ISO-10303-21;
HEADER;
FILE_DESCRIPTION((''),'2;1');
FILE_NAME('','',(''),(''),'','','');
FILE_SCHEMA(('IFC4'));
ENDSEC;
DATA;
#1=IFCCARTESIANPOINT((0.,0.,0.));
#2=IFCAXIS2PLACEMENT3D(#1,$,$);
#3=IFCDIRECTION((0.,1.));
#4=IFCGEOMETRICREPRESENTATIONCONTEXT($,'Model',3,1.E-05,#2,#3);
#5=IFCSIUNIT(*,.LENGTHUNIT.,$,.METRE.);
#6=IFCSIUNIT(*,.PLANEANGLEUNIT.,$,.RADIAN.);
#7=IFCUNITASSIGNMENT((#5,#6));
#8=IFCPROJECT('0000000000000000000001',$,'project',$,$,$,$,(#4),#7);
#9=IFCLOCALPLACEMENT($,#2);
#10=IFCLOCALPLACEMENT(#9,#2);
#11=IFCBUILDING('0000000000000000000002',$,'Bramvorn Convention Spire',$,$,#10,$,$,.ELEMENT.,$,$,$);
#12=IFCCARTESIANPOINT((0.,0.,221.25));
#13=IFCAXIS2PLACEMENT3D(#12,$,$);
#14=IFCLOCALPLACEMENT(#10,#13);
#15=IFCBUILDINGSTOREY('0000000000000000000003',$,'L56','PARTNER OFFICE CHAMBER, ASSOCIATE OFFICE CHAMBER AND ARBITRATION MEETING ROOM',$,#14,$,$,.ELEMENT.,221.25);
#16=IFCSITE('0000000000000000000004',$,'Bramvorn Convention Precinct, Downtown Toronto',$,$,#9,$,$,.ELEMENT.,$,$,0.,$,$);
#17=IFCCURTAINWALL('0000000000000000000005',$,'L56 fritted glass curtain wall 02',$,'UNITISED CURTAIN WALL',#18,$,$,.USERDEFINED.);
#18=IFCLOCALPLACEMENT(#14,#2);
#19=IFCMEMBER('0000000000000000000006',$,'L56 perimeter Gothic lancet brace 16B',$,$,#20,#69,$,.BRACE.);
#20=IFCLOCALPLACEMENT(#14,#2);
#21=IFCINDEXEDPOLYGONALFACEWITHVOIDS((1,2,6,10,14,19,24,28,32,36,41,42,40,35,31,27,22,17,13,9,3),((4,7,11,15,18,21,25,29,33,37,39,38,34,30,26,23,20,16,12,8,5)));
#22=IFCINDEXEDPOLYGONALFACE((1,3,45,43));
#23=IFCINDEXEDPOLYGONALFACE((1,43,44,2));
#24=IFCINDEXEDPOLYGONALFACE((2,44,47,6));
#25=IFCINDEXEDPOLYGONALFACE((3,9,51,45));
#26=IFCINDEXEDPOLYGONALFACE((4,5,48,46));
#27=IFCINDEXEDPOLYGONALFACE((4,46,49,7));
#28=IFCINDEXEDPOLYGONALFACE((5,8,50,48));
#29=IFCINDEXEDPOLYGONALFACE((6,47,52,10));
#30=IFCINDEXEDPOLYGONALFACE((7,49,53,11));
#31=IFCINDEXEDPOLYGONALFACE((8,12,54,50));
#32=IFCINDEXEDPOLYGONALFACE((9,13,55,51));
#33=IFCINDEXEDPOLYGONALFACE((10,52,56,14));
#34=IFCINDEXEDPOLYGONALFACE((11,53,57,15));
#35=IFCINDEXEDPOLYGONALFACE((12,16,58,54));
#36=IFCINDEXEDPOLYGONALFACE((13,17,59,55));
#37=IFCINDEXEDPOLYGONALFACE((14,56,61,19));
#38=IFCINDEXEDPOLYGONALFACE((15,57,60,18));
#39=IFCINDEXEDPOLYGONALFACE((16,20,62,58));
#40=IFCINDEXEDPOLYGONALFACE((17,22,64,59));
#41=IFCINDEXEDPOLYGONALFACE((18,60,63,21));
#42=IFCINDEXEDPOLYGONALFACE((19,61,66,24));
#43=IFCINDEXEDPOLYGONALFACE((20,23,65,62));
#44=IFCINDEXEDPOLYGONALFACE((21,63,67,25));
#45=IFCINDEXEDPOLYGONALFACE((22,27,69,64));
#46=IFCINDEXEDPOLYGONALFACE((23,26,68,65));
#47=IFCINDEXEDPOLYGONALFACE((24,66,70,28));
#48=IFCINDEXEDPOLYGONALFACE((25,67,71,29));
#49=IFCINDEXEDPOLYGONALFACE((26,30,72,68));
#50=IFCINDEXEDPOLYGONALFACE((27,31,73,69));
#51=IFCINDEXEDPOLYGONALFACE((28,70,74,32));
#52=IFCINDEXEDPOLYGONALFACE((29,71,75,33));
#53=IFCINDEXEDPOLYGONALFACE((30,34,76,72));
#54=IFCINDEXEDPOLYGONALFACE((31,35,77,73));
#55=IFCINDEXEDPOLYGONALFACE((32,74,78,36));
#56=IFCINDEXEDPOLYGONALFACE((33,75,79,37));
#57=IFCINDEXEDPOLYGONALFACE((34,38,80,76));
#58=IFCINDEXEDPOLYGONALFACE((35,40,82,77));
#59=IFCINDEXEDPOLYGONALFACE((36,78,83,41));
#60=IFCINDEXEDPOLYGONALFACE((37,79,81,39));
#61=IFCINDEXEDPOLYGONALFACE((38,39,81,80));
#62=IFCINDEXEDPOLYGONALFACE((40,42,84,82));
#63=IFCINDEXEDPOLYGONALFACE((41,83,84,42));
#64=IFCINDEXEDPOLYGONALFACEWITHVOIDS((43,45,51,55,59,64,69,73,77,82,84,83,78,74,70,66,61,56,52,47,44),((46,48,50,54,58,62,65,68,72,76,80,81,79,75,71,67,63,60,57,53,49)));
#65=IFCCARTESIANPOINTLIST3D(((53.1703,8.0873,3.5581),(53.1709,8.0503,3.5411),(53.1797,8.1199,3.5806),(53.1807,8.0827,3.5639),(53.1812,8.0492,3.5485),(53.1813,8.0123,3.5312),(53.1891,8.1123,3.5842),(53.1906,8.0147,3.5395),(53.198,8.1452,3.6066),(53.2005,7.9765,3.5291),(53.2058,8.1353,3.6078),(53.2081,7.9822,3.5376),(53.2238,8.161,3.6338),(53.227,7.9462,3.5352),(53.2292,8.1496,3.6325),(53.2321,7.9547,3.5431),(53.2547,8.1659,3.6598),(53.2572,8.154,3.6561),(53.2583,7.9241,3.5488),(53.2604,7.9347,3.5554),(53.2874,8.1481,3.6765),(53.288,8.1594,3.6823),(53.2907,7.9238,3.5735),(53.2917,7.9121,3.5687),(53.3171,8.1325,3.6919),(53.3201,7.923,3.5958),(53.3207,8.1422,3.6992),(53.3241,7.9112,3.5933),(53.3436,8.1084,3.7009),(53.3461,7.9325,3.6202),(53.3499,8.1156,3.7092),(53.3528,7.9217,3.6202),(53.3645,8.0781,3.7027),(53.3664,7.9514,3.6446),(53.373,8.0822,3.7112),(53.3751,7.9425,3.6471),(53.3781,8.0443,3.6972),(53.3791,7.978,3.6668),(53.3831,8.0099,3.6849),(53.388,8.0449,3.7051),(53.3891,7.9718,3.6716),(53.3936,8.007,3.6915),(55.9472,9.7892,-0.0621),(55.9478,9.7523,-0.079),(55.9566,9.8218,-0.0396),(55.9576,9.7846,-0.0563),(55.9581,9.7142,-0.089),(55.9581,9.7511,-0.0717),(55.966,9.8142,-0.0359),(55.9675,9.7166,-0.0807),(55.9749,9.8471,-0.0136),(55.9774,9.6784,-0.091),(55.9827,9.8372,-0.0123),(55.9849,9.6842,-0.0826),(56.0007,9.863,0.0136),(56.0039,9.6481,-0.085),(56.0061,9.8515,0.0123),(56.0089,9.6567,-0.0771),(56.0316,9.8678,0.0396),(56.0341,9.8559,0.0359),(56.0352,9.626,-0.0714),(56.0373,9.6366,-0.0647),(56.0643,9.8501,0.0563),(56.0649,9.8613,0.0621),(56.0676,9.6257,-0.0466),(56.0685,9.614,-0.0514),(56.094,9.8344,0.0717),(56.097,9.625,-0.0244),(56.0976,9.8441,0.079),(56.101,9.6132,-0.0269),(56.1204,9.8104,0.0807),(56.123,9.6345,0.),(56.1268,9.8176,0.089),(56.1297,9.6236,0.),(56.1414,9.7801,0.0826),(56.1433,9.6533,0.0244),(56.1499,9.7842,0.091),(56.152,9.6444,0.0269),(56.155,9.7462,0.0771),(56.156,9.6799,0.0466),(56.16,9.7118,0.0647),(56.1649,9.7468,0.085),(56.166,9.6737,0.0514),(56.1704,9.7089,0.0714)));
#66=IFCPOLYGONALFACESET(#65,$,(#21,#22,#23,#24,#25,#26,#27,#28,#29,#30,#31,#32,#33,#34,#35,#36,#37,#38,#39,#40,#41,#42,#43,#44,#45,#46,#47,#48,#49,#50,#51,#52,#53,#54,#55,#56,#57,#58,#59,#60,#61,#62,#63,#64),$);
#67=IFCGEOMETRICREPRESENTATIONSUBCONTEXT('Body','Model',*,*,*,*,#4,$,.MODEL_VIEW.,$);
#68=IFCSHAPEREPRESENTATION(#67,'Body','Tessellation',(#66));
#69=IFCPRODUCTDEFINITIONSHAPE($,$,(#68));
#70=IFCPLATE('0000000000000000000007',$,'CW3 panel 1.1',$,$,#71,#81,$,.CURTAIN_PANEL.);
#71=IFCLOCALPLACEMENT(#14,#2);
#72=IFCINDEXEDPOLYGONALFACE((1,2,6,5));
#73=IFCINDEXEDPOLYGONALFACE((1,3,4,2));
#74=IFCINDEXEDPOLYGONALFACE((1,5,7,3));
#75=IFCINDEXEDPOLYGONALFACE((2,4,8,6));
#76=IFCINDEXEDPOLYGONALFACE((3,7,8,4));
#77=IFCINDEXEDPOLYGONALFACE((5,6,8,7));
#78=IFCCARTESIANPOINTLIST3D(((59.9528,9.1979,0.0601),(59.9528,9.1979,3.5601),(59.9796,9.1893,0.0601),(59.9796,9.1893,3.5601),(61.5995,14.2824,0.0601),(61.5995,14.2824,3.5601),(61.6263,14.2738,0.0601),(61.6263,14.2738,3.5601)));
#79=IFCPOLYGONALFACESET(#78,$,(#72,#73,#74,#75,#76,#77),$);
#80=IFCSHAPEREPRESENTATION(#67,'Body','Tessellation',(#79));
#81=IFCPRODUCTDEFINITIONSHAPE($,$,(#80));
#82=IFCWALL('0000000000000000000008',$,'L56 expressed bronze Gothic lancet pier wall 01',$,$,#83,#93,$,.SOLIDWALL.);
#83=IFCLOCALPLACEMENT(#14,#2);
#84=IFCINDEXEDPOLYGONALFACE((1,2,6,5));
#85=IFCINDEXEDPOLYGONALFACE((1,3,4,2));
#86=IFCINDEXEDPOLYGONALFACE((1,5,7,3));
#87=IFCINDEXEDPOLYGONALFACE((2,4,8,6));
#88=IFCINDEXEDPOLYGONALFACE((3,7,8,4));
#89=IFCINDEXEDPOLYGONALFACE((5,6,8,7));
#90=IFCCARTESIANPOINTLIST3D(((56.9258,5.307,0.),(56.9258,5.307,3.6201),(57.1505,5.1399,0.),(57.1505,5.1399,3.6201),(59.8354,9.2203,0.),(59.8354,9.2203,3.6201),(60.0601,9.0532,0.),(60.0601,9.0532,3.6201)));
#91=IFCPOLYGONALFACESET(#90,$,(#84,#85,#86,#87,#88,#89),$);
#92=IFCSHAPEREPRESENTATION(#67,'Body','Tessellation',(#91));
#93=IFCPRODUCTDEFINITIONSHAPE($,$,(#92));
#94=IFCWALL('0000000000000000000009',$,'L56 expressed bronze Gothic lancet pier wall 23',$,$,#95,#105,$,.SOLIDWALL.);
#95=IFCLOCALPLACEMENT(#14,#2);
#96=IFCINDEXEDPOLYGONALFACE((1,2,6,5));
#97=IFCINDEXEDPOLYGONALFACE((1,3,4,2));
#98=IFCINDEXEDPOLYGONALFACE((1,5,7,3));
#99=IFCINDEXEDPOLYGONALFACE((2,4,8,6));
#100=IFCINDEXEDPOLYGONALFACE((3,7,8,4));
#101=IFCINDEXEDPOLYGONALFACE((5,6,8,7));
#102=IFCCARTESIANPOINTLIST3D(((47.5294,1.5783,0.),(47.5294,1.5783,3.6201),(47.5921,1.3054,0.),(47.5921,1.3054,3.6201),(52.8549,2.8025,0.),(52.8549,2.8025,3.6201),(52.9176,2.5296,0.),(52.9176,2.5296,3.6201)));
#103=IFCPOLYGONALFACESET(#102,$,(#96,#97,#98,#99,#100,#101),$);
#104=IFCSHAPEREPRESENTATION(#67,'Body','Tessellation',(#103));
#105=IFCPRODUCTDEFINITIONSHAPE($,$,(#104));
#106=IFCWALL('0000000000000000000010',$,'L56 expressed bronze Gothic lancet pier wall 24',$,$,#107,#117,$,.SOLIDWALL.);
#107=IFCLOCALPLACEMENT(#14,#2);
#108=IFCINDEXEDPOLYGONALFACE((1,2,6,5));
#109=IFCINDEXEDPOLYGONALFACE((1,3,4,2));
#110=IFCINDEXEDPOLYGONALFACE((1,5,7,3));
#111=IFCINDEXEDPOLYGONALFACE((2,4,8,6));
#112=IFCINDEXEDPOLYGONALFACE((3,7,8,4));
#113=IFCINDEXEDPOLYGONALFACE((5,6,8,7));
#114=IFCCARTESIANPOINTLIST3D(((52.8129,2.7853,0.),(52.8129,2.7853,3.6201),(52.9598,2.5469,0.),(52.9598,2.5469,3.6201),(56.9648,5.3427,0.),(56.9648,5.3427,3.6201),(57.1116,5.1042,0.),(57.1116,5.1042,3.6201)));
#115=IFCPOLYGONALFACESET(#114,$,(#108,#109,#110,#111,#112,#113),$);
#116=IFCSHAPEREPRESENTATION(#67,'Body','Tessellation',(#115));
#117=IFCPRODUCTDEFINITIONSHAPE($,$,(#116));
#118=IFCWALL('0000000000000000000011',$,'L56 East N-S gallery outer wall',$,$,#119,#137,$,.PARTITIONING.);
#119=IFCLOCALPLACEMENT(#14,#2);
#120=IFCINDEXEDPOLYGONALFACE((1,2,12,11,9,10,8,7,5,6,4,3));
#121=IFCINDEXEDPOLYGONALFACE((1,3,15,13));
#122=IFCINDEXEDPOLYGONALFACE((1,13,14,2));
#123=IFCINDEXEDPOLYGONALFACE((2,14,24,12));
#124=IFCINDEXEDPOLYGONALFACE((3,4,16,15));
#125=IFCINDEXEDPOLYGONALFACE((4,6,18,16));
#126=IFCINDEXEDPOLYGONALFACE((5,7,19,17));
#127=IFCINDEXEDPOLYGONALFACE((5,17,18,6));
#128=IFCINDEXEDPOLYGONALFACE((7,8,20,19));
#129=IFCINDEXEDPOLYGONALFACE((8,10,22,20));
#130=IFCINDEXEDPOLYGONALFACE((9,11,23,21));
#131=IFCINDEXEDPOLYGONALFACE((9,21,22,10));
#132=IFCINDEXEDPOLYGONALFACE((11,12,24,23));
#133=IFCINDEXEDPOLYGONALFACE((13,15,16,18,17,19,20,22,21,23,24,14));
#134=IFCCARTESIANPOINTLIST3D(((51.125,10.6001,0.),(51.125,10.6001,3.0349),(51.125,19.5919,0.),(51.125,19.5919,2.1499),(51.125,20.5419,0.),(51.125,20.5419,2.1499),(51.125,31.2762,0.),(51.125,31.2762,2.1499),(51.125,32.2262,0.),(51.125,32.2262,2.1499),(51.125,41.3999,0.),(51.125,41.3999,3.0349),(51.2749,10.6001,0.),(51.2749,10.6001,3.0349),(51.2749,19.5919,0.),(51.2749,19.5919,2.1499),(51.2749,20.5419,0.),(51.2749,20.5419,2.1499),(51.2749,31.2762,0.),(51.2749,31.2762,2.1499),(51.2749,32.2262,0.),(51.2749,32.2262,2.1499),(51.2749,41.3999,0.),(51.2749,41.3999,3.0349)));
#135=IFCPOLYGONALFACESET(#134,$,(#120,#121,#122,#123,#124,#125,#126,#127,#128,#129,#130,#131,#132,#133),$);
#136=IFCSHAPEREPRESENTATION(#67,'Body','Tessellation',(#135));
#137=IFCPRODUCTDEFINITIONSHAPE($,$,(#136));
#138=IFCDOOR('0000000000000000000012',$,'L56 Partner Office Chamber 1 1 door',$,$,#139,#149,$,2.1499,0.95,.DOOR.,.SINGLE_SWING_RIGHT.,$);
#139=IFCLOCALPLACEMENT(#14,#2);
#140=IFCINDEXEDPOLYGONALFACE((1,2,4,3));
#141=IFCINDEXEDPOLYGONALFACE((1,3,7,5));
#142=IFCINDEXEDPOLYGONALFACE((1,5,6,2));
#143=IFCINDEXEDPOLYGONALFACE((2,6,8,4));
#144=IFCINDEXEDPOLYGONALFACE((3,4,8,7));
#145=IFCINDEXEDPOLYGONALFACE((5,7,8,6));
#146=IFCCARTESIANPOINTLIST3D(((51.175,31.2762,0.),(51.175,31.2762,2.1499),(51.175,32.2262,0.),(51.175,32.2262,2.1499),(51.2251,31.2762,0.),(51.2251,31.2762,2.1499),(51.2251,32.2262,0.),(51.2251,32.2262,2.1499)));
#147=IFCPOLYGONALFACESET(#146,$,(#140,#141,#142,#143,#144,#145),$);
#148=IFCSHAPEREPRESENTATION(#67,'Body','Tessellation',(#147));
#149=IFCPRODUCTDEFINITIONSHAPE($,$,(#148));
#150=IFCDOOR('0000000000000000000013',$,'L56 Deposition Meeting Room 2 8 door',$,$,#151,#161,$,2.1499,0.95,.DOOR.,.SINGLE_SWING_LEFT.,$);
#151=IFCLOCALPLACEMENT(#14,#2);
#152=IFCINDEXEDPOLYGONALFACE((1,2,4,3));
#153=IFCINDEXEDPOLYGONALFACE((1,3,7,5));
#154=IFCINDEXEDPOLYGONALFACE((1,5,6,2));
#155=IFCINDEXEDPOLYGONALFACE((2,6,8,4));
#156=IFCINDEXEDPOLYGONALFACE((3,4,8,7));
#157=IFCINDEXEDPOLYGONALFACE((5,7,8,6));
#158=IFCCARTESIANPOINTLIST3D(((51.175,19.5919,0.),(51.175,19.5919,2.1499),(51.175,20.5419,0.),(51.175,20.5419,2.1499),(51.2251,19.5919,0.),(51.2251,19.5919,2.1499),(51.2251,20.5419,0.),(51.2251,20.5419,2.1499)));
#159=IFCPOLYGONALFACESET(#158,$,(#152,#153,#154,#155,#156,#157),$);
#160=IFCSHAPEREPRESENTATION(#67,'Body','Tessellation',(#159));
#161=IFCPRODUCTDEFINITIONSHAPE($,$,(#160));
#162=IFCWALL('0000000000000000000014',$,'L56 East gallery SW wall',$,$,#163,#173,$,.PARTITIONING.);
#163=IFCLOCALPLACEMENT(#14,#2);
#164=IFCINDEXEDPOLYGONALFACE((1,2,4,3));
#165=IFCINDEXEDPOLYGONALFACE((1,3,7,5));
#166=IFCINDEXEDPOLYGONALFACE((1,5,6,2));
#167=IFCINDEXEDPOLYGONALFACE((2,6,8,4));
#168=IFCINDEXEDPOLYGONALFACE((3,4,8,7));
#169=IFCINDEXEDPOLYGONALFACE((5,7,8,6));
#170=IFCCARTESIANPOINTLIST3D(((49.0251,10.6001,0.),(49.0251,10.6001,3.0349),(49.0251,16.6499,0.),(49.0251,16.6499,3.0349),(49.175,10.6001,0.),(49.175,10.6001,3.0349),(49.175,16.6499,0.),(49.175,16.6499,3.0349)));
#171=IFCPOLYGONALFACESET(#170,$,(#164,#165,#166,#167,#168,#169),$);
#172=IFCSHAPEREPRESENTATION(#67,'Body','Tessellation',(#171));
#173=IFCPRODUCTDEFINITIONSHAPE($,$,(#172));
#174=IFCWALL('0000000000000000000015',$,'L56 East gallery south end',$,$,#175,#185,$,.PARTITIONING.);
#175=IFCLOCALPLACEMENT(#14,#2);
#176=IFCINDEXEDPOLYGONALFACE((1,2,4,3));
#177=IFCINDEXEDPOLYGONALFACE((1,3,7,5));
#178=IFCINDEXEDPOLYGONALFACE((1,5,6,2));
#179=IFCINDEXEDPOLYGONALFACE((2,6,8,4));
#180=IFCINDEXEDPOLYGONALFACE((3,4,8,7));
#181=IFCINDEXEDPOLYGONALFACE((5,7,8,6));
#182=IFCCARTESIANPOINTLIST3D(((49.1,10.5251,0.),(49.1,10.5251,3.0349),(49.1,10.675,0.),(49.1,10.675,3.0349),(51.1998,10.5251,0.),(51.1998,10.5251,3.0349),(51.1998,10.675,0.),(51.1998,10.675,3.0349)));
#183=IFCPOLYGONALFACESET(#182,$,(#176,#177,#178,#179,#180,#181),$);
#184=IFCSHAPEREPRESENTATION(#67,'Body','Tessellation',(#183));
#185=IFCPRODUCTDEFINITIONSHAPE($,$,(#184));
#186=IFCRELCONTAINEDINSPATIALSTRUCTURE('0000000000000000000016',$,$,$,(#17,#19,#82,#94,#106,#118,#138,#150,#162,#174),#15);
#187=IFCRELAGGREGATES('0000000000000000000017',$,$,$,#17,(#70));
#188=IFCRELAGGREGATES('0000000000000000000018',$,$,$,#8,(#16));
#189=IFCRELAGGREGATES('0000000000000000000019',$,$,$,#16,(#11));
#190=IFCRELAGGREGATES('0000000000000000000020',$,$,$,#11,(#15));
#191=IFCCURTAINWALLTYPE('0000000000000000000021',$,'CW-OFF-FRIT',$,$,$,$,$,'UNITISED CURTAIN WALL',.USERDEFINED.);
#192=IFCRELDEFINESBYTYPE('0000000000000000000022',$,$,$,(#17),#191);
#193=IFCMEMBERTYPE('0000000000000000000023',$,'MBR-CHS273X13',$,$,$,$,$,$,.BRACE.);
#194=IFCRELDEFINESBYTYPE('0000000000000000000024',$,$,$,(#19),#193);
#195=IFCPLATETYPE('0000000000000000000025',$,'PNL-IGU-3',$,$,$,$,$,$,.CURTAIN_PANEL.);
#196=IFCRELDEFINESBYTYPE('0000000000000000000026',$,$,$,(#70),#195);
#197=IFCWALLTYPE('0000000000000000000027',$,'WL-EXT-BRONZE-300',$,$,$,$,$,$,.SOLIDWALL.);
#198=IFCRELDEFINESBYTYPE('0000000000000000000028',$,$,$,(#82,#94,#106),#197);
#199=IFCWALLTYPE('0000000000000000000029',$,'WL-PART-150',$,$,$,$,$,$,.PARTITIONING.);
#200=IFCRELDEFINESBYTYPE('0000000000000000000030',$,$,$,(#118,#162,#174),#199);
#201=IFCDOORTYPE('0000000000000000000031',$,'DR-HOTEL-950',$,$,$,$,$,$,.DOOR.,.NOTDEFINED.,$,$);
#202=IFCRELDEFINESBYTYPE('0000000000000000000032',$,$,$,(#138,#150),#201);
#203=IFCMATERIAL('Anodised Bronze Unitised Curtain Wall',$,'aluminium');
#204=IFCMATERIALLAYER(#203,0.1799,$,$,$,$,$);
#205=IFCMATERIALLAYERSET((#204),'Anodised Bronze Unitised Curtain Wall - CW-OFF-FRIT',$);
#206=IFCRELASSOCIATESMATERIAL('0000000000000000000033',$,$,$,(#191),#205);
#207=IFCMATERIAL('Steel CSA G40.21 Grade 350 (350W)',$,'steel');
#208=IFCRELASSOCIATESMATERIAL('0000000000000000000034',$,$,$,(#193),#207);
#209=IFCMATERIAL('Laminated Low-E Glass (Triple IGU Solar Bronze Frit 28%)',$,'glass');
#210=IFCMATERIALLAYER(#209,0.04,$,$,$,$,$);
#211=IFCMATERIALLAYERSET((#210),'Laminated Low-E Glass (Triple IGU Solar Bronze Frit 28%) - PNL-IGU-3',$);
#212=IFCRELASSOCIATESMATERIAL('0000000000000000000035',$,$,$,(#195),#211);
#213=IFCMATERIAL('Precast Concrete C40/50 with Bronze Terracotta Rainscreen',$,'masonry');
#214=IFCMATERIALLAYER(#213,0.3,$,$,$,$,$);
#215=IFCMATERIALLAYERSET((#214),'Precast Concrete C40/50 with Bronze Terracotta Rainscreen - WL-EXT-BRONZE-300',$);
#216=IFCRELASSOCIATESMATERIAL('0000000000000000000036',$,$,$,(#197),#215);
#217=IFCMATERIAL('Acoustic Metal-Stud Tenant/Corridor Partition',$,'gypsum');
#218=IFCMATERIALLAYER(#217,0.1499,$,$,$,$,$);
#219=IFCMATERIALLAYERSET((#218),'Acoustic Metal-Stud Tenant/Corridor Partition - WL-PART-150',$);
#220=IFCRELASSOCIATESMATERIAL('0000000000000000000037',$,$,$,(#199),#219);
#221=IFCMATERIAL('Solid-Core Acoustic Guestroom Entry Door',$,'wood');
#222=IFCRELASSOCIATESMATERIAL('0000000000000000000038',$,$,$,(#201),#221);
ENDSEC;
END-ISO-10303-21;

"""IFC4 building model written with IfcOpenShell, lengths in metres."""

from ifc_helpers import new_model, si_unit, direction, frame, frame_2d, origin, origin_2d, place, context, subcontext, project, spatial, rectangle, hollow_circle, extrude, material, layer, layer_set, material_profile, profile_set, type_object, element, fill, aggregate, save


model = new_model("IFC4")

# Units and contexts
model_context = context("Model", 3, precision=1e-05, world=origin(), true_north=direction((0.0, 1.0)))
body_context = subcontext(model_context, "Body", "Model", "MODEL_VIEW")
ifc_project = project(units=[si_unit("LENGTHUNIT", "METRE"), si_unit("PLANEANGLEUNIT", "RADIAN")], contexts=[model_context])

# Site, building, storey
site_placement = place(None, origin())
site = spatial("IfcSite", under=ifc_project, at=site_placement, Name="Bramvorn Convention Precinct, Downtown Toronto", CompositionType="ELEMENT", RefElevation=0.0)
building_placement = place(site_placement, origin())
building = spatial("IfcBuilding", under=site, at=building_placement, Name="Bramvorn Convention Spire", CompositionType="ELEMENT")
storey_placement = place(building_placement, frame((0.0, 0.0, 221.25)))
storey = spatial("IfcBuildingStorey", under=building, at=storey_placement, Name="L56", Description="PARTNER OFFICE CHAMBER, ASSOCIATE OFFICE CHAMBER AND ARBITRATION MEETING ROOM", CompositionType="ELEMENT", Elevation=221.25)

# Shared definitions
ifc_material_1 = material(Name="Steel CSA G40.21 Grade 350 (350W)", Category="steel")

# Curtain wall
ifc_material_2 = material(Name="Anodised Bronze Unitised Curtain Wall", Category="aluminium")
ifc_layer_1 = layer(ifc_material_2, 0.1799)
ifc_layer_set_1 = layer_set([ifc_layer_1], Name="Anodised Bronze Unitised Curtain Wall - CW-OFF-FRIT")
curtain_wall_type = type_object("IfcCurtainWallType", Name="CW-OFF-FRIT", ElementType="UNITISED CURTAIN WALL", PredefinedType="USERDEFINED", material=ifc_layer_set_1)
curtain_wall_placement = place(storey_placement, origin())
curtain_wall = element("IfcCurtainWall", 1, at=curtain_wall_placement, inside=storey, type_object=curtain_wall_type, Name="L56 fritted glass curtain wall 02", ObjectType="UNITISED CURTAIN WALL", PredefinedType="USERDEFINED")

# Member
ifc_material_profile_1 = material_profile(ifc_material_1, hollow_circle(Radius=0.1365, WallThickness=0.0127, at=origin_2d()))
ifc_profile_set_1 = profile_set([ifc_material_profile_1], Name="Steel CSA G40.21 Grade 350 (350W) - CHS273X13")
member_type_1 = type_object("IfcMemberType", Name="MBR-CHS273X13", PredefinedType="BRACE", material=ifc_profile_set_1)
for number, where, z_axis, x_axis, name in (
    (2, (56.0583, 9.74, 0.0), (-0.570247, -0.349498, 0.743417), (0.522553, -0.852607, 0.0), "L56 perimeter Gothic lancet brace 16B"),
):
    element("IfcMember", number, at=place(storey_placement, frame(where, z_axis=z_axis, x_axis=x_axis)), inside=storey, type_object=member_type_1, Name=name, PredefinedType="BRACE", context=body_context, shape_type="SweptSolid", body=[
        extrude(hollow_circle(Radius=0.1365, WallThickness=0.0127, at=origin_2d()), origin(), (0.0, 0.0, 1.0), 4.8696),
    ])

# Plate
ifc_material_3 = material(Name="Laminated Low-E Glass (Triple IGU Solar Bronze Frit 28%)", Category="glass")
ifc_layer_2 = layer(ifc_material_3, 0.04)
ifc_layer_set_2 = layer_set([ifc_layer_2], Name="Laminated Low-E Glass (Triple IGU Solar Bronze Frit 28%) - PNL-IGU-3")
plate_type = type_object("IfcPlateType", Name="PNL-IGU-3", PredefinedType="CURTAIN_PANEL", material=ifc_layer_set_2)
plate_placement = place(storey_placement, frame((60.7896, 11.7358, 0.0601), z_axis=(0.0, 0.0, 1.0), x_axis=(-0.308113, -0.95135, 0.0)))
plate = element("IfcPlate", 3, at=plate_placement, type_object=plate_type, Name="CW3 panel 1.1", PredefinedType="CURTAIN_PANEL", context=body_context, shape_type="SweptSolid", body=[
    extrude(rectangle(XDim=5.3445, YDim=0.0281, at=origin_2d()), origin(), (0.0, 0.0, 1.0), 3.5),
])
aggregate(curtain_wall, [plate])

# Walls
ifc_material_4 = material(Name="Precast Concrete C40/50 with Bronze Terracotta Rainscreen", Category="masonry")
ifc_layer_3 = layer(ifc_material_4, 0.3)
ifc_layer_set_3 = layer_set([ifc_layer_3], Name="Precast Concrete C40/50 with Bronze Terracotta Rainscreen - WL-EXT-BRONZE-300")
wall_type_1 = type_object("IfcWallType", Name="WL-EXT-BRONZE-300", PredefinedType="SOLIDWALL", material=ifc_layer_set_3)
wall_1_placement = place(storey_placement, frame((59.9478, 9.1367, 0.0), z_axis=(0.0, 0.0, 1.0), x_axis=(-0.596671, -0.802486, 0.0)))
element("IfcWall", 4, at=wall_1_placement, inside=storey, type_object=wall_type_1, Name="L56 expressed bronze Gothic lancet pier wall 01", PredefinedType="SOLIDWALL", context=body_context, shape_type="SweptSolid", body=[
    extrude(rectangle(XDim=4.8765, YDim=0.28, at=frame_2d((2.4382, 0.0))), origin(), (0.0, 0.0, 1.0), 3.6201),
])
wall_2_placement = place(storey_placement, frame((52.8862, 2.666, 0.0), z_axis=(0.0, 0.0, 1.0), x_axis=(-0.974584, -0.224021, 0.0)))
element("IfcWall", 5, at=wall_2_placement, inside=storey, type_object=wall_type_1, Name="L56 expressed bronze Gothic lancet pier wall 23", PredefinedType="SOLIDWALL", context=body_context, shape_type="SweptSolid", body=[
    extrude(rectangle(XDim=5.4644, YDim=0.28, at=frame_2d((2.7322, 0.0))), origin(), (0.0, 0.0, 1.0), 3.6201),
])
wall_3_placement = place(storey_placement, frame((57.0381, 5.2234, 0.0), z_axis=(0.0, 0.0, 1.0), x_axis=(-0.85144, -0.524452, 0.0)))
element("IfcWall", 6, at=wall_3_placement, inside=storey, type_object=wall_type_1, Name="L56 expressed bronze Gothic lancet pier wall 24", PredefinedType="SOLIDWALL", context=body_context, shape_type="SweptSolid", body=[
    extrude(rectangle(XDim=4.8762, YDim=0.28, at=frame_2d((2.438, 0.0))), origin(), (0.0, 0.0, 1.0), 3.6201),
])

# Wall, openings, doors
ifc_material_5 = material(Name="Acoustic Metal-Stud Tenant/Corridor Partition", Category="gypsum")
ifc_layer_4 = layer(ifc_material_5, 0.1499)
ifc_layer_set_4 = layer_set([ifc_layer_4], Name="Acoustic Metal-Stud Tenant/Corridor Partition - WL-PART-150")
wall_type_2 = type_object("IfcWallType", Name="WL-PART-150", PredefinedType="PARTITIONING", material=ifc_layer_set_4)
wall_4_placement = place(storey_placement, frame((51.2, 10.6001, 0.0), z_axis=(0.0, 0.0, 1.0), x_axis=(0.0, 1.0, 0.0)))
wall_4 = element("IfcWall", 7, at=wall_4_placement, inside=storey, type_object=wall_type_2, Name="L56 East N-S gallery outer wall", PredefinedType="PARTITIONING", context=body_context, shape_type="SweptSolid", body=[
    extrude(rectangle(XDim=30.7998, YDim=0.1499, at=frame_2d((15.3999, 0.0))), origin(), (0.0, 0.0, 1.0), 3.0349),
])
opening_1_placement = place(wall_4_placement, frame((20.676, 0.0, 0.0)))
opening_1 = element("IfcOpeningElement", 8, at=opening_1_placement, cuts=wall_4, PredefinedType="OPENING", context=body_context, shape_type="SweptSolid", body=[
    extrude(rectangle(XDim=0.95, YDim=2.1499, at=frame_2d((0.4751, 1.075))), frame((0.0, 0.085, 0.0), z_axis=(0.0, -1.0, 0.0), x_axis=(1.0, 0.0, 0.0)), (0.0, 0.0, 1.0), 0.1699),
])
opening_2_placement = place(wall_4_placement, frame((8.9917, 0.0, 0.0)))
opening_2 = element("IfcOpeningElement", 9, at=opening_2_placement, cuts=wall_4, PredefinedType="OPENING", context=body_context, shape_type="SweptSolid", body=[
    extrude(rectangle(XDim=0.95, YDim=2.1499, at=frame_2d((0.4751, 1.075))), frame((0.0, 0.085, 0.0), z_axis=(0.0, -1.0, 0.0), x_axis=(1.0, 0.0, 0.0)), (0.0, 0.0, 1.0), 0.1699),
])
ifc_material_6 = material(Name="Solid-Core Acoustic Guestroom Entry Door", Category="wood")
door_type = type_object("IfcDoorType", Name="DR-HOTEL-950", OperationType="NOTDEFINED", PredefinedType="DOOR", material=ifc_material_6)
door_1_placement = place(opening_1_placement, origin())
door_1 = element("IfcDoor", 10, at=door_1_placement, inside=storey, type_object=door_type, Name="L56 Partner Office Chamber 1 1 door", OperationType="SINGLE_SWING_RIGHT", OverallHeight=2.1499, OverallWidth=0.95, PredefinedType="DOOR", context=body_context, shape_type="SweptSolid", body=[
    extrude(rectangle(XDim=0.95, YDim=2.1499, at=frame_2d((0.4751, 1.075))), frame((0.0, 0.0249, 0.0), z_axis=(0.0, -1.0, 0.0), x_axis=(1.0, 0.0, 0.0)), (0.0, 0.0, 1.0), 0.05),
])
fill(opening_1, door_1)
door_2_placement = place(opening_2_placement, origin())
door_2 = element("IfcDoor", 11, at=door_2_placement, inside=storey, type_object=door_type, Name="L56 Deposition Meeting Room 2 8 door", OperationType="SINGLE_SWING_LEFT", OverallHeight=2.1499, OverallWidth=0.95, PredefinedType="DOOR", context=body_context, shape_type="SweptSolid", body=[
    extrude(rectangle(XDim=0.95, YDim=2.1499, at=frame_2d((0.4751, 1.075))), frame((0.0, 0.0249, 0.0), z_axis=(0.0, -1.0, 0.0), x_axis=(1.0, 0.0, 0.0)), (0.0, 0.0, 1.0), 0.05),
])
fill(opening_2, door_2)

# Walls
wall_5_placement = place(storey_placement, frame((49.1001, 10.6001, 0.0), z_axis=(0.0, 0.0, 1.0), x_axis=(0.0, 1.0, 0.0)))
element("IfcWall", 12, at=wall_5_placement, inside=storey, type_object=wall_type_2, Name="L56 East gallery SW wall", PredefinedType="PARTITIONING", context=body_context, shape_type="SweptSolid", body=[
    extrude(rectangle(XDim=6.0498, YDim=0.1499, at=frame_2d((3.0249, 0.0))), origin(), (0.0, 0.0, 1.0), 3.0349),
])
wall_6_placement = place(storey_placement, frame((49.1001, 10.6001, 0.0), z_axis=(0.0, 0.0, 1.0), x_axis=(1.0, 0.0, 0.0)))
element("IfcWall", 13, at=wall_6_placement, inside=storey, type_object=wall_type_2, Name="L56 East gallery south end", PredefinedType="PARTITIONING", context=body_context, shape_type="SweptSolid", body=[
    extrude(rectangle(XDim=2.0999, YDim=0.1499, at=frame_2d((1.0498, 0.0))), origin(), (0.0, 0.0, 1.0), 3.0349),
])

save(model, "model.ifc")
